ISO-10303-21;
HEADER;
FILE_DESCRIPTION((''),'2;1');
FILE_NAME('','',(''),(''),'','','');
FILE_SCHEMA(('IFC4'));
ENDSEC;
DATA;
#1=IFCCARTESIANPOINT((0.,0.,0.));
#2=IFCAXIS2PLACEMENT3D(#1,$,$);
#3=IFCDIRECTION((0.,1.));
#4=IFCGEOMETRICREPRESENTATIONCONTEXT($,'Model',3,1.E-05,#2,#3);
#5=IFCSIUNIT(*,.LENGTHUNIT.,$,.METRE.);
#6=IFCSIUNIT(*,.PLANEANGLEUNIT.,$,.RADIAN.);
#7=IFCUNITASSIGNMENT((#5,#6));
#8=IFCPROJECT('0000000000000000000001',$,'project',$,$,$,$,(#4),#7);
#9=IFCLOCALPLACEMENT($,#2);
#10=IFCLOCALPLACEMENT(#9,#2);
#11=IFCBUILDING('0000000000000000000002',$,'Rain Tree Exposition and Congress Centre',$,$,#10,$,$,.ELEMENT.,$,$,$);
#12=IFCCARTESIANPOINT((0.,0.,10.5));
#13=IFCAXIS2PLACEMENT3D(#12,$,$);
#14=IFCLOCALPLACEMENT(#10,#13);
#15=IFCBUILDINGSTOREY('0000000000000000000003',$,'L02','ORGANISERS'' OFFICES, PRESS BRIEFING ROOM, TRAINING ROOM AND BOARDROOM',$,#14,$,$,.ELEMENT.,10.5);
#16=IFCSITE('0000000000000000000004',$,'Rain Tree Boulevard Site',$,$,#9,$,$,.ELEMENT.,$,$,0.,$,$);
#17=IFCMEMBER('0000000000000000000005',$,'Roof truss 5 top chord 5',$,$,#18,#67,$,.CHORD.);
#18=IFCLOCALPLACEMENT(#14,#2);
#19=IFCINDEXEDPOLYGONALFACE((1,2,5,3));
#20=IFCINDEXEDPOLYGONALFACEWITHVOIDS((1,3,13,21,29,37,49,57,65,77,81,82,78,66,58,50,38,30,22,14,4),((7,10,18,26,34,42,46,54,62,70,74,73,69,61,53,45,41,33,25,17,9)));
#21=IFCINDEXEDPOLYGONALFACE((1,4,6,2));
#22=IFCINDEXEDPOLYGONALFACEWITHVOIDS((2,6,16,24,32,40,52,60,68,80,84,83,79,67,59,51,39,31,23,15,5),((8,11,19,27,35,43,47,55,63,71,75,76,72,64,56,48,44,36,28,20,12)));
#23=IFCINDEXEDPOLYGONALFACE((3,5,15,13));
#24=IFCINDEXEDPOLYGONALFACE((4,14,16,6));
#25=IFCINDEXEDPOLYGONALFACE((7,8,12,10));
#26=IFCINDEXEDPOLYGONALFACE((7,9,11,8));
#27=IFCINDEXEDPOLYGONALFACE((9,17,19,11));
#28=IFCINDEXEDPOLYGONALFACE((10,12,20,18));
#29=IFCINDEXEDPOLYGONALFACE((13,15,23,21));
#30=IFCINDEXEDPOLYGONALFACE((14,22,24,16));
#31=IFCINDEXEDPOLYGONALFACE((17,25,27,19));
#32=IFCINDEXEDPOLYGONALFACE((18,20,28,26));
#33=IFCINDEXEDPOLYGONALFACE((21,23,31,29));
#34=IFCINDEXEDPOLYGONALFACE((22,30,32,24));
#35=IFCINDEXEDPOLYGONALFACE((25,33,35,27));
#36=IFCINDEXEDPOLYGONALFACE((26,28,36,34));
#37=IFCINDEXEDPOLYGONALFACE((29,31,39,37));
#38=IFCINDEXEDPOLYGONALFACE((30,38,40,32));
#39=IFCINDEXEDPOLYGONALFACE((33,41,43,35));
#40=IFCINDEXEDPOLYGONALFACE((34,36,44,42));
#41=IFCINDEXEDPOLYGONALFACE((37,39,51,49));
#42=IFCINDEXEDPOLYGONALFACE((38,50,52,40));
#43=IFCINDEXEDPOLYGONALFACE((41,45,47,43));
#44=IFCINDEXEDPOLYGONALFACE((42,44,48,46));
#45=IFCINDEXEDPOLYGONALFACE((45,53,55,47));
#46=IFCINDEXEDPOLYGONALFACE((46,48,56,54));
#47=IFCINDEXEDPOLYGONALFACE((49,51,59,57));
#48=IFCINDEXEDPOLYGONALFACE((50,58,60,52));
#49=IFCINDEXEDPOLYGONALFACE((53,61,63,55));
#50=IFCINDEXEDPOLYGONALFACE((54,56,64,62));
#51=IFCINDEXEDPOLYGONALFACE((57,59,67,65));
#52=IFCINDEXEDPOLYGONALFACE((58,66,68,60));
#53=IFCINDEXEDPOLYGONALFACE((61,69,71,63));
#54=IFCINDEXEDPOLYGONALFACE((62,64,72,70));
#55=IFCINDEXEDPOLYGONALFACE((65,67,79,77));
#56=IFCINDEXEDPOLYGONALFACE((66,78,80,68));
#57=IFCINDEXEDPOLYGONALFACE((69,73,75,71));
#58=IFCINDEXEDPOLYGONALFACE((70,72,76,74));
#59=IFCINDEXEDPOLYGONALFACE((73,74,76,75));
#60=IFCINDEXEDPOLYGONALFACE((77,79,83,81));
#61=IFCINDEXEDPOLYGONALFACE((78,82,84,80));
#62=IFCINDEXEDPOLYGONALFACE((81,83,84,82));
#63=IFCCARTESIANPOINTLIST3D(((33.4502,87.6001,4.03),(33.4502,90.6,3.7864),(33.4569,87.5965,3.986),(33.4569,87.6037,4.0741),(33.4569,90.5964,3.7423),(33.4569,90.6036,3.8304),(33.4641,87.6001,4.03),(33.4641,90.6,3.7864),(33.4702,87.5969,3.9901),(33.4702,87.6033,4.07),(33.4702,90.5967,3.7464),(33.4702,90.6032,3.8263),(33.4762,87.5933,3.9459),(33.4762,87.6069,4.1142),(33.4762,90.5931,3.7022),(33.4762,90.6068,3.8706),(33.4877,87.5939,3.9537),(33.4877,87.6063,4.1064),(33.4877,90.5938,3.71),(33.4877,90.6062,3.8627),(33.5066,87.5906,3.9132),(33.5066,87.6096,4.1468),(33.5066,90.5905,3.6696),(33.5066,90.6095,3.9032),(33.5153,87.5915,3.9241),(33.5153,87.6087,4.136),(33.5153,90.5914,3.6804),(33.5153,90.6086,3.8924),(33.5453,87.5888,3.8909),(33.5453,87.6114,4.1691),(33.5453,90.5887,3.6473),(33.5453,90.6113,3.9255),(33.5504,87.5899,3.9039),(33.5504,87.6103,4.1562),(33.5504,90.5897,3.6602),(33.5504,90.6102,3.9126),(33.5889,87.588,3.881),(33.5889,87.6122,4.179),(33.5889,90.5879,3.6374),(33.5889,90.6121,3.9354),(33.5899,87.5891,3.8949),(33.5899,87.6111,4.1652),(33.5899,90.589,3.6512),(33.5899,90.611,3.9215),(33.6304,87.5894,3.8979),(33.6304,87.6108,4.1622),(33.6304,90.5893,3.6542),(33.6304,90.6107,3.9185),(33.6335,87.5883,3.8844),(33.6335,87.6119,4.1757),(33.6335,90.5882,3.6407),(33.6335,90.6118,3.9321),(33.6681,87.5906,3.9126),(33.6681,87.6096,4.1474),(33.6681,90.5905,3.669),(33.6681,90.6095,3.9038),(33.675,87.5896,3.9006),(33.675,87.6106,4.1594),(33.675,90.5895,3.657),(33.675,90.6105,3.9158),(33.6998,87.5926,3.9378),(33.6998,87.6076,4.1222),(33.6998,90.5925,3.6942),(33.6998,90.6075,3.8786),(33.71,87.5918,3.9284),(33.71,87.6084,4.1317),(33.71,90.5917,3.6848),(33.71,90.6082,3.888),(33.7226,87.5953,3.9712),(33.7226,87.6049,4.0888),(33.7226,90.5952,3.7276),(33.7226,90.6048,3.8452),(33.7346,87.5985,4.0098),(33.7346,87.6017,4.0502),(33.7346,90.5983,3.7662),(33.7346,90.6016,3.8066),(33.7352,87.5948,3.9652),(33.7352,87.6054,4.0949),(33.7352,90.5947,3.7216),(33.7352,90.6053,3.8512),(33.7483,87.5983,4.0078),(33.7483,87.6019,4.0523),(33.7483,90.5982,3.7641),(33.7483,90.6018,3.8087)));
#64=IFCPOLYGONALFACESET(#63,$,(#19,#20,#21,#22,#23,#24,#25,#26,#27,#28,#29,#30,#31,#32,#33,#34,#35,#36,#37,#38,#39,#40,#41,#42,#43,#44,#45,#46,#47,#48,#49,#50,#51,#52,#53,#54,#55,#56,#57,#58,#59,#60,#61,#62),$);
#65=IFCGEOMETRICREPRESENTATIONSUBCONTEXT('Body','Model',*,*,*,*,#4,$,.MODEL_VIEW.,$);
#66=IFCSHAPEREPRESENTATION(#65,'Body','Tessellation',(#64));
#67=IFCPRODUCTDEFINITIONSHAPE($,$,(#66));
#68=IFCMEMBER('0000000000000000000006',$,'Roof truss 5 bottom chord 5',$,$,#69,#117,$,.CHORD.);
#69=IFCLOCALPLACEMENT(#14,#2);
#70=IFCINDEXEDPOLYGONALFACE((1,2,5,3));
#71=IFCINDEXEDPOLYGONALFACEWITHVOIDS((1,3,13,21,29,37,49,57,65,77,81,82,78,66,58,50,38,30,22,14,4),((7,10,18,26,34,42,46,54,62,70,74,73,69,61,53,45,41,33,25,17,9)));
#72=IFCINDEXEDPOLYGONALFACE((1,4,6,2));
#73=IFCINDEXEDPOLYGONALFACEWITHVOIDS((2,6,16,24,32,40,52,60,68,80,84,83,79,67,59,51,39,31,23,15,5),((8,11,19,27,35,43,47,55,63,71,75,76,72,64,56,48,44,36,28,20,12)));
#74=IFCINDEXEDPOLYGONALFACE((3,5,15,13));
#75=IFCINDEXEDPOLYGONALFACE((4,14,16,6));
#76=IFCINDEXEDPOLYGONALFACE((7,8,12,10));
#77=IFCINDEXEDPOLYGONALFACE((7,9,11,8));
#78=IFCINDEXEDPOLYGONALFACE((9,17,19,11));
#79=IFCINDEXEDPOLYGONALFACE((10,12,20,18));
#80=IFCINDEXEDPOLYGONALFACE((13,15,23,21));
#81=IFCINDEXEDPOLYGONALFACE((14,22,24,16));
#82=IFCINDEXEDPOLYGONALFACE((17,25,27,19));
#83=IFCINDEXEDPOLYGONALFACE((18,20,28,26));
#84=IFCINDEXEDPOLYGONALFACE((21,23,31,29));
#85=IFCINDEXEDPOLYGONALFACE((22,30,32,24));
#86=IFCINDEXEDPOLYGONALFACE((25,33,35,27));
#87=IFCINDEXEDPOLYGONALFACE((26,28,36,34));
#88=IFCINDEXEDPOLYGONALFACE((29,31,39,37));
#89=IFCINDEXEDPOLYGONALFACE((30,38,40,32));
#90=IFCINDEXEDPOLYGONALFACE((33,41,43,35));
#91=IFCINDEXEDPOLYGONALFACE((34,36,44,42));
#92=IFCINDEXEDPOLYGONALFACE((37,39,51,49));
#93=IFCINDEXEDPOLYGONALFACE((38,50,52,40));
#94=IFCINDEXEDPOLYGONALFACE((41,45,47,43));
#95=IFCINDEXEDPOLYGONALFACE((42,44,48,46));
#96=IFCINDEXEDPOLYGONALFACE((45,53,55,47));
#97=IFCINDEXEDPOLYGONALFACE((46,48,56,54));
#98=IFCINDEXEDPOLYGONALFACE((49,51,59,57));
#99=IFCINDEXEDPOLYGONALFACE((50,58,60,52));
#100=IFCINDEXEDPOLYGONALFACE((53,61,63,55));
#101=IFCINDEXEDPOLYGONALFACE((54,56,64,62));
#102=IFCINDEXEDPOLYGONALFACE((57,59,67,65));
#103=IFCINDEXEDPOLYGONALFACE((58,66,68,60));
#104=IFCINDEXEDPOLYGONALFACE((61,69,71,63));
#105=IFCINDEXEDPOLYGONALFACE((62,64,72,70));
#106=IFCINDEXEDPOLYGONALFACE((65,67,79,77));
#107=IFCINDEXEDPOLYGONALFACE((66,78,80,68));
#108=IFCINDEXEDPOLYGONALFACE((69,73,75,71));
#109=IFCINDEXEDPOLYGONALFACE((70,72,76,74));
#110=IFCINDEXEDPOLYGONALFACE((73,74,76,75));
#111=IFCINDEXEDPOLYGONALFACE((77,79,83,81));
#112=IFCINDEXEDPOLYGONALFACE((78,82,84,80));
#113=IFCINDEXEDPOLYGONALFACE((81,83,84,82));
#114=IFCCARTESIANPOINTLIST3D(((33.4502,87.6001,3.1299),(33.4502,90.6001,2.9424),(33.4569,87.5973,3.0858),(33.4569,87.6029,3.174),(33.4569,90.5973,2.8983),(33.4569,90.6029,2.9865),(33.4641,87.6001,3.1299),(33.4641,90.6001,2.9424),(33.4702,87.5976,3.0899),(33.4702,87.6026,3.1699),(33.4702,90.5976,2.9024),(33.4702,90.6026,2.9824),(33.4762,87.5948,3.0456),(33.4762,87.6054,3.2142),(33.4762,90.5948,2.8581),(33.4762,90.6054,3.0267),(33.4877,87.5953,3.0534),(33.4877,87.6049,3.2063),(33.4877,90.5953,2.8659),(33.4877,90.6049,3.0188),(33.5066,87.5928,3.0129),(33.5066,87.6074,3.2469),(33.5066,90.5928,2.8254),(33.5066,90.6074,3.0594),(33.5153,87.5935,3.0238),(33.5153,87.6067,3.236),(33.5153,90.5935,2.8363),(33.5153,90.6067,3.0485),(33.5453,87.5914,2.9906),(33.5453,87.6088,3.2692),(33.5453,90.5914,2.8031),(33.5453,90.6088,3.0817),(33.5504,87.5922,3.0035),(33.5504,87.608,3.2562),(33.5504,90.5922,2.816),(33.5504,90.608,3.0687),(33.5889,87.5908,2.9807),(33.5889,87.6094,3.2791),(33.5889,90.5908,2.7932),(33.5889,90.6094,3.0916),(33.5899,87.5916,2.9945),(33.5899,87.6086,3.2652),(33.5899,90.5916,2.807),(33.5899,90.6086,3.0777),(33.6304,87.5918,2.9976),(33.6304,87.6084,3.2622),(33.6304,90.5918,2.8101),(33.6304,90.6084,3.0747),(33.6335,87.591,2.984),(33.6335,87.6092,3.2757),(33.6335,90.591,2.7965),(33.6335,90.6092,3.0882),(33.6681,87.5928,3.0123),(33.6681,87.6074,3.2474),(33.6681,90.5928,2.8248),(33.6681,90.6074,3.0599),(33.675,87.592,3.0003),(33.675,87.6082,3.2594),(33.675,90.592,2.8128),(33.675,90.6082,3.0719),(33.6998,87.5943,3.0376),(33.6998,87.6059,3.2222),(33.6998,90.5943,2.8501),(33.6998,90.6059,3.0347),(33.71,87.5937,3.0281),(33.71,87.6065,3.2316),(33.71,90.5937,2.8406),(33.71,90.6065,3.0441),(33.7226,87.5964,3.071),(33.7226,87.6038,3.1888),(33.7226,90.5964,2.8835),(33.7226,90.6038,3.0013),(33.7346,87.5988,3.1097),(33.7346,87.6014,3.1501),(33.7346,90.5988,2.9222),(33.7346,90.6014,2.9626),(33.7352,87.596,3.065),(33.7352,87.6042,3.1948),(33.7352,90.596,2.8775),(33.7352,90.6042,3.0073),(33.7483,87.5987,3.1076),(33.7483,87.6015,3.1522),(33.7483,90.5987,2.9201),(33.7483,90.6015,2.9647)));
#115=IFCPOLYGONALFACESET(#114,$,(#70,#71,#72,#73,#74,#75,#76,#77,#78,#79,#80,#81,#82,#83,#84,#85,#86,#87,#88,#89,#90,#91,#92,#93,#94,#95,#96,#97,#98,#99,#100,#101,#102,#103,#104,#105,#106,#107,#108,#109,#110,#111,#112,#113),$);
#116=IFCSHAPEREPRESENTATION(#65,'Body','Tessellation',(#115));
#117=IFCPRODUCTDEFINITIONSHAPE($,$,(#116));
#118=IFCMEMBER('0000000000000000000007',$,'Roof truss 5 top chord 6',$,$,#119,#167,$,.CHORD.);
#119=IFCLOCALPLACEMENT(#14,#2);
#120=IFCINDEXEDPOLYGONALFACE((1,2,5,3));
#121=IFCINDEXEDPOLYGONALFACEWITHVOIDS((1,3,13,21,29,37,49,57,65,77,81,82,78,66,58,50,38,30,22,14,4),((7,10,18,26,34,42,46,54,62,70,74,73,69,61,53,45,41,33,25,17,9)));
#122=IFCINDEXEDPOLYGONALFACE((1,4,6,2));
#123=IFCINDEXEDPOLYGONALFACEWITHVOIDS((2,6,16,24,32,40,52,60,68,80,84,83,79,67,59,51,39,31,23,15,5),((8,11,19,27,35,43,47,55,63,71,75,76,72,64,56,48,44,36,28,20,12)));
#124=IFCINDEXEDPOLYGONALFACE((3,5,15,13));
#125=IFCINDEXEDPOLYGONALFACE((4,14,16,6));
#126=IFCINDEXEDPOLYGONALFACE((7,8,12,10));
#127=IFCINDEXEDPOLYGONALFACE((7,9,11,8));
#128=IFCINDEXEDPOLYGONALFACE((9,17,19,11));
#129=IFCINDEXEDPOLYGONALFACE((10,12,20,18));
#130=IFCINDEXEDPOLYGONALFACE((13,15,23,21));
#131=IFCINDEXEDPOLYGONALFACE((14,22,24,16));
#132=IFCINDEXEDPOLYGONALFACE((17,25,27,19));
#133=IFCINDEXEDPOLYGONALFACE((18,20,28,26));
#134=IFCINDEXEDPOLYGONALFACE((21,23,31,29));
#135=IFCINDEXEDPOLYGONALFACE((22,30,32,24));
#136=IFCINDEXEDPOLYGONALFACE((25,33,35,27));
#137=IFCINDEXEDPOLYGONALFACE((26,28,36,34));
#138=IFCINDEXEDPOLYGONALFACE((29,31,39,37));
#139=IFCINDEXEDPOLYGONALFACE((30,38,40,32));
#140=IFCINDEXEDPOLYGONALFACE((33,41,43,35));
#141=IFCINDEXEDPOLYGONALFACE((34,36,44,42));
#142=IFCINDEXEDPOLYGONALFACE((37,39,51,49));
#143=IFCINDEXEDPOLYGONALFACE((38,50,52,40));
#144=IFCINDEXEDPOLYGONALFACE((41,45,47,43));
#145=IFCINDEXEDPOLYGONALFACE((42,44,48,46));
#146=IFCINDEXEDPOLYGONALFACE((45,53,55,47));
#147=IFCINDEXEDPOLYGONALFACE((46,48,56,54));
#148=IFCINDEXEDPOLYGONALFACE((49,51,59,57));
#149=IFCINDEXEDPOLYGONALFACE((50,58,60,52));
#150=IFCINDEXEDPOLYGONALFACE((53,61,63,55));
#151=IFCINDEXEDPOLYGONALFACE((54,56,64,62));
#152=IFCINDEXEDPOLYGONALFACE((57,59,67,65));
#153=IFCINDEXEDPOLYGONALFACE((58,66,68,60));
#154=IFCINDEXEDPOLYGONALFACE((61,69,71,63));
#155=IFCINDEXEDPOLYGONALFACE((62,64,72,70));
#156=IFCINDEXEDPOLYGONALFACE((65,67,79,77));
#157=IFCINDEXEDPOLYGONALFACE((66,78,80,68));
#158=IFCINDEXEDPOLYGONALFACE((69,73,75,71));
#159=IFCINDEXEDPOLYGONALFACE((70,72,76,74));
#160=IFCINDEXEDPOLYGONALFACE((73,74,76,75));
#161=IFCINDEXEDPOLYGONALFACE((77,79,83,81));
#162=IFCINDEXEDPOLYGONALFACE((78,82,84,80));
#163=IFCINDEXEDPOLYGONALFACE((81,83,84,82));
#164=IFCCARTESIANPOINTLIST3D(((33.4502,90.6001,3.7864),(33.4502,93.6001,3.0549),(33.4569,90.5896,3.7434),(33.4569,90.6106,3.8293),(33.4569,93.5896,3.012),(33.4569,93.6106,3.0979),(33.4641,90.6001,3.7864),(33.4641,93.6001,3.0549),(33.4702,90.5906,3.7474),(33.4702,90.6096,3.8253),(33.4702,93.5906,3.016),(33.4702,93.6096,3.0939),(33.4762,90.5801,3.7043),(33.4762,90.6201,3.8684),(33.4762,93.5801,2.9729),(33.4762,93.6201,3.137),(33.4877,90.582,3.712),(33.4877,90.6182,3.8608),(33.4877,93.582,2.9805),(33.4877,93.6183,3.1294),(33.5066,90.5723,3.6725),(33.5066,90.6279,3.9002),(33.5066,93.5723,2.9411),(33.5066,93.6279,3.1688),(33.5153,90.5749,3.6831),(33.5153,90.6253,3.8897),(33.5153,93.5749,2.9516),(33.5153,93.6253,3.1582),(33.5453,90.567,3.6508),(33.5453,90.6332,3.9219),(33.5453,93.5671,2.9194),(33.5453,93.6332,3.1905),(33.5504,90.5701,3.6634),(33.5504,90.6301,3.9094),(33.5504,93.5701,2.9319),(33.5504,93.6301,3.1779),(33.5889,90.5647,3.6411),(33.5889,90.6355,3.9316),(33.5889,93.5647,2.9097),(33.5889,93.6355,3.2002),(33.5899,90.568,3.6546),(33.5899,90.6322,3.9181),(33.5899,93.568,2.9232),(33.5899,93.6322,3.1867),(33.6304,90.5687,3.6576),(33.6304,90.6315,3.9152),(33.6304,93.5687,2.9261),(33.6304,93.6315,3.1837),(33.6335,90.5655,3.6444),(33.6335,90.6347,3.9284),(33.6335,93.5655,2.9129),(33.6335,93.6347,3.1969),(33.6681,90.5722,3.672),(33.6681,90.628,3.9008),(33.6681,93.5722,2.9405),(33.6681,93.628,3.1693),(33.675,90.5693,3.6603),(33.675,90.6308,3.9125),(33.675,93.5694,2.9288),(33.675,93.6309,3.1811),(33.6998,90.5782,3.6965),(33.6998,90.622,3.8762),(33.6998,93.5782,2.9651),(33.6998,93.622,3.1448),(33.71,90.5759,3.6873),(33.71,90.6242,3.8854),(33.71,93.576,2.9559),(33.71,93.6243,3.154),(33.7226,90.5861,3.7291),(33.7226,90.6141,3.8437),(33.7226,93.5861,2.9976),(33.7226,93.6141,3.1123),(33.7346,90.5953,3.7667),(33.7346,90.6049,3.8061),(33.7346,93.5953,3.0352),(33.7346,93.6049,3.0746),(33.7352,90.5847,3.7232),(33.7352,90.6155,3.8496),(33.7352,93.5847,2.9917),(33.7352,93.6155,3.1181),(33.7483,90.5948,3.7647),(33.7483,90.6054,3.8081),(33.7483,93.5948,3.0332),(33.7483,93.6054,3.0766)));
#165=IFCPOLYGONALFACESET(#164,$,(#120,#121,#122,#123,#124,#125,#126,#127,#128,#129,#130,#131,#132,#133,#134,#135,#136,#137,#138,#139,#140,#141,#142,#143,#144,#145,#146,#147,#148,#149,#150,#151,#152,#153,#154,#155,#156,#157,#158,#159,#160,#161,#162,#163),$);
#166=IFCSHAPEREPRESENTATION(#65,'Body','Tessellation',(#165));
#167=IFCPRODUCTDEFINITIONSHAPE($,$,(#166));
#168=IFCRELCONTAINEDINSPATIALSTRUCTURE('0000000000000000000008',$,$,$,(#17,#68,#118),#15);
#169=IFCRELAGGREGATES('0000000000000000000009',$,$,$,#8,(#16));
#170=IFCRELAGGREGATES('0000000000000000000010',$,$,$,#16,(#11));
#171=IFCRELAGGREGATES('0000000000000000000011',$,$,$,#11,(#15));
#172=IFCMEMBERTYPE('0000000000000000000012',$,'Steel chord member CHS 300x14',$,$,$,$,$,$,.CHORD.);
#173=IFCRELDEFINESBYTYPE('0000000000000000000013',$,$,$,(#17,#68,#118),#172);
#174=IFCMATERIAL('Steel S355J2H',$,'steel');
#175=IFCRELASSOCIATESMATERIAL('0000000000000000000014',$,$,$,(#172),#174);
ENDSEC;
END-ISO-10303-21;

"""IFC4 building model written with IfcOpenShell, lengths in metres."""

from ifc_helpers import new_model, si_unit, direction, frame, origin, origin_2d, place, context, subcontext, project, spatial, hollow_circle, extrude, material, material_profile, profile_set, type_object, element, save


model = new_model("IFC4")

# Units and contexts
model_context = context("Model", 3, precision=1e-05, world=origin(), true_north=direction((0.0, 1.0)))
body_context = subcontext(model_context, "Body", "Model", "MODEL_VIEW")
ifc_project = project(units=[si_unit("LENGTHUNIT", "METRE"), si_unit("PLANEANGLEUNIT", "RADIAN")], contexts=[model_context])

# Site, building, storey
site_placement = place(None, origin())
site = spatial("IfcSite", under=ifc_project, at=site_placement, Name="Rain Tree Boulevard Site", CompositionType="ELEMENT", RefElevation=0.0)
building_placement = place(site_placement, origin())
building = spatial("IfcBuilding", under=site, at=building_placement, Name="Rain Tree Exposition and Congress Centre", CompositionType="ELEMENT")
storey_placement = place(building_placement, frame((0.0, 0.0, 10.5)))
storey = spatial("IfcBuildingStorey", under=building, at=storey_placement, Name="L02", Description="ORGANISERS' OFFICES, PRESS BRIEFING ROOM, TRAINING ROOM AND BOARDROOM", CompositionType="ELEMENT", Elevation=10.5)

# Members
ifc_material_1 = material(Name="Steel S355J2H", Category="steel")
ifc_material_profile_1 = material_profile(ifc_material_1, hollow_circle(Radius=0.1499, WallThickness=0.0139, at=origin_2d()), Name="CHS 300x14")
ifc_profile_set_1 = profile_set([ifc_material_profile_1], Name="Steel S355J2H")
member_type_1 = type_object("IfcMemberType", Name="Steel chord member CHS 300x14", PredefinedType="CHORD", material=ifc_profile_set_1)
member_1_placement = place(storey_placement, frame((33.6001, 87.6001, 4.03), z_axis=(0.0, 0.996718, -0.080951), x_axis=(-1.0, 0.0, 0.0)))
element("IfcMember", 1, at=member_1_placement, inside=storey, type_object=member_type_1, Name="Roof truss 5 top chord 5", PredefinedType="CHORD", context=body_context, shape_type="SweptSolid", body=[
    extrude(hollow_circle(Radius=0.1499, WallThickness=0.0139, at=origin_2d()), origin(), (0.0, 0.0, 1.0), 3.0098),
])
member_2_placement = place(storey_placement, frame((33.6001, 87.6001, 3.1299), z_axis=(0.0, 0.998053, -0.062378), x_axis=(-1.0, 0.0, 0.0)))
element("IfcMember", 2, at=member_2_placement, inside=storey, type_object=member_type_1, Name="Roof truss 5 bottom chord 5", PredefinedType="CHORD", context=body_context, shape_type="SweptSolid", body=[
    extrude(hollow_circle(Radius=0.1499, WallThickness=0.0139, at=origin_2d()), origin(), (0.0, 0.0, 1.0), 3.0059),
])
member_3_placement = place(storey_placement, frame((33.6001, 90.6001, 3.7864), z_axis=(0.0, 0.97154, -0.236876), x_axis=(-1.0, 0.0, 0.0)))
element("IfcMember", 3, at=member_3_placement, inside=storey, type_object=member_type_1, Name="Roof truss 5 top chord 6", PredefinedType="CHORD", context=body_context, shape_type="SweptSolid", body=[
    extrude(hollow_circle(Radius=0.1499, WallThickness=0.0139, at=origin_2d()), origin(), (0.0, 0.0, 1.0), 3.0879),
])

save(model, "model.ifc")
